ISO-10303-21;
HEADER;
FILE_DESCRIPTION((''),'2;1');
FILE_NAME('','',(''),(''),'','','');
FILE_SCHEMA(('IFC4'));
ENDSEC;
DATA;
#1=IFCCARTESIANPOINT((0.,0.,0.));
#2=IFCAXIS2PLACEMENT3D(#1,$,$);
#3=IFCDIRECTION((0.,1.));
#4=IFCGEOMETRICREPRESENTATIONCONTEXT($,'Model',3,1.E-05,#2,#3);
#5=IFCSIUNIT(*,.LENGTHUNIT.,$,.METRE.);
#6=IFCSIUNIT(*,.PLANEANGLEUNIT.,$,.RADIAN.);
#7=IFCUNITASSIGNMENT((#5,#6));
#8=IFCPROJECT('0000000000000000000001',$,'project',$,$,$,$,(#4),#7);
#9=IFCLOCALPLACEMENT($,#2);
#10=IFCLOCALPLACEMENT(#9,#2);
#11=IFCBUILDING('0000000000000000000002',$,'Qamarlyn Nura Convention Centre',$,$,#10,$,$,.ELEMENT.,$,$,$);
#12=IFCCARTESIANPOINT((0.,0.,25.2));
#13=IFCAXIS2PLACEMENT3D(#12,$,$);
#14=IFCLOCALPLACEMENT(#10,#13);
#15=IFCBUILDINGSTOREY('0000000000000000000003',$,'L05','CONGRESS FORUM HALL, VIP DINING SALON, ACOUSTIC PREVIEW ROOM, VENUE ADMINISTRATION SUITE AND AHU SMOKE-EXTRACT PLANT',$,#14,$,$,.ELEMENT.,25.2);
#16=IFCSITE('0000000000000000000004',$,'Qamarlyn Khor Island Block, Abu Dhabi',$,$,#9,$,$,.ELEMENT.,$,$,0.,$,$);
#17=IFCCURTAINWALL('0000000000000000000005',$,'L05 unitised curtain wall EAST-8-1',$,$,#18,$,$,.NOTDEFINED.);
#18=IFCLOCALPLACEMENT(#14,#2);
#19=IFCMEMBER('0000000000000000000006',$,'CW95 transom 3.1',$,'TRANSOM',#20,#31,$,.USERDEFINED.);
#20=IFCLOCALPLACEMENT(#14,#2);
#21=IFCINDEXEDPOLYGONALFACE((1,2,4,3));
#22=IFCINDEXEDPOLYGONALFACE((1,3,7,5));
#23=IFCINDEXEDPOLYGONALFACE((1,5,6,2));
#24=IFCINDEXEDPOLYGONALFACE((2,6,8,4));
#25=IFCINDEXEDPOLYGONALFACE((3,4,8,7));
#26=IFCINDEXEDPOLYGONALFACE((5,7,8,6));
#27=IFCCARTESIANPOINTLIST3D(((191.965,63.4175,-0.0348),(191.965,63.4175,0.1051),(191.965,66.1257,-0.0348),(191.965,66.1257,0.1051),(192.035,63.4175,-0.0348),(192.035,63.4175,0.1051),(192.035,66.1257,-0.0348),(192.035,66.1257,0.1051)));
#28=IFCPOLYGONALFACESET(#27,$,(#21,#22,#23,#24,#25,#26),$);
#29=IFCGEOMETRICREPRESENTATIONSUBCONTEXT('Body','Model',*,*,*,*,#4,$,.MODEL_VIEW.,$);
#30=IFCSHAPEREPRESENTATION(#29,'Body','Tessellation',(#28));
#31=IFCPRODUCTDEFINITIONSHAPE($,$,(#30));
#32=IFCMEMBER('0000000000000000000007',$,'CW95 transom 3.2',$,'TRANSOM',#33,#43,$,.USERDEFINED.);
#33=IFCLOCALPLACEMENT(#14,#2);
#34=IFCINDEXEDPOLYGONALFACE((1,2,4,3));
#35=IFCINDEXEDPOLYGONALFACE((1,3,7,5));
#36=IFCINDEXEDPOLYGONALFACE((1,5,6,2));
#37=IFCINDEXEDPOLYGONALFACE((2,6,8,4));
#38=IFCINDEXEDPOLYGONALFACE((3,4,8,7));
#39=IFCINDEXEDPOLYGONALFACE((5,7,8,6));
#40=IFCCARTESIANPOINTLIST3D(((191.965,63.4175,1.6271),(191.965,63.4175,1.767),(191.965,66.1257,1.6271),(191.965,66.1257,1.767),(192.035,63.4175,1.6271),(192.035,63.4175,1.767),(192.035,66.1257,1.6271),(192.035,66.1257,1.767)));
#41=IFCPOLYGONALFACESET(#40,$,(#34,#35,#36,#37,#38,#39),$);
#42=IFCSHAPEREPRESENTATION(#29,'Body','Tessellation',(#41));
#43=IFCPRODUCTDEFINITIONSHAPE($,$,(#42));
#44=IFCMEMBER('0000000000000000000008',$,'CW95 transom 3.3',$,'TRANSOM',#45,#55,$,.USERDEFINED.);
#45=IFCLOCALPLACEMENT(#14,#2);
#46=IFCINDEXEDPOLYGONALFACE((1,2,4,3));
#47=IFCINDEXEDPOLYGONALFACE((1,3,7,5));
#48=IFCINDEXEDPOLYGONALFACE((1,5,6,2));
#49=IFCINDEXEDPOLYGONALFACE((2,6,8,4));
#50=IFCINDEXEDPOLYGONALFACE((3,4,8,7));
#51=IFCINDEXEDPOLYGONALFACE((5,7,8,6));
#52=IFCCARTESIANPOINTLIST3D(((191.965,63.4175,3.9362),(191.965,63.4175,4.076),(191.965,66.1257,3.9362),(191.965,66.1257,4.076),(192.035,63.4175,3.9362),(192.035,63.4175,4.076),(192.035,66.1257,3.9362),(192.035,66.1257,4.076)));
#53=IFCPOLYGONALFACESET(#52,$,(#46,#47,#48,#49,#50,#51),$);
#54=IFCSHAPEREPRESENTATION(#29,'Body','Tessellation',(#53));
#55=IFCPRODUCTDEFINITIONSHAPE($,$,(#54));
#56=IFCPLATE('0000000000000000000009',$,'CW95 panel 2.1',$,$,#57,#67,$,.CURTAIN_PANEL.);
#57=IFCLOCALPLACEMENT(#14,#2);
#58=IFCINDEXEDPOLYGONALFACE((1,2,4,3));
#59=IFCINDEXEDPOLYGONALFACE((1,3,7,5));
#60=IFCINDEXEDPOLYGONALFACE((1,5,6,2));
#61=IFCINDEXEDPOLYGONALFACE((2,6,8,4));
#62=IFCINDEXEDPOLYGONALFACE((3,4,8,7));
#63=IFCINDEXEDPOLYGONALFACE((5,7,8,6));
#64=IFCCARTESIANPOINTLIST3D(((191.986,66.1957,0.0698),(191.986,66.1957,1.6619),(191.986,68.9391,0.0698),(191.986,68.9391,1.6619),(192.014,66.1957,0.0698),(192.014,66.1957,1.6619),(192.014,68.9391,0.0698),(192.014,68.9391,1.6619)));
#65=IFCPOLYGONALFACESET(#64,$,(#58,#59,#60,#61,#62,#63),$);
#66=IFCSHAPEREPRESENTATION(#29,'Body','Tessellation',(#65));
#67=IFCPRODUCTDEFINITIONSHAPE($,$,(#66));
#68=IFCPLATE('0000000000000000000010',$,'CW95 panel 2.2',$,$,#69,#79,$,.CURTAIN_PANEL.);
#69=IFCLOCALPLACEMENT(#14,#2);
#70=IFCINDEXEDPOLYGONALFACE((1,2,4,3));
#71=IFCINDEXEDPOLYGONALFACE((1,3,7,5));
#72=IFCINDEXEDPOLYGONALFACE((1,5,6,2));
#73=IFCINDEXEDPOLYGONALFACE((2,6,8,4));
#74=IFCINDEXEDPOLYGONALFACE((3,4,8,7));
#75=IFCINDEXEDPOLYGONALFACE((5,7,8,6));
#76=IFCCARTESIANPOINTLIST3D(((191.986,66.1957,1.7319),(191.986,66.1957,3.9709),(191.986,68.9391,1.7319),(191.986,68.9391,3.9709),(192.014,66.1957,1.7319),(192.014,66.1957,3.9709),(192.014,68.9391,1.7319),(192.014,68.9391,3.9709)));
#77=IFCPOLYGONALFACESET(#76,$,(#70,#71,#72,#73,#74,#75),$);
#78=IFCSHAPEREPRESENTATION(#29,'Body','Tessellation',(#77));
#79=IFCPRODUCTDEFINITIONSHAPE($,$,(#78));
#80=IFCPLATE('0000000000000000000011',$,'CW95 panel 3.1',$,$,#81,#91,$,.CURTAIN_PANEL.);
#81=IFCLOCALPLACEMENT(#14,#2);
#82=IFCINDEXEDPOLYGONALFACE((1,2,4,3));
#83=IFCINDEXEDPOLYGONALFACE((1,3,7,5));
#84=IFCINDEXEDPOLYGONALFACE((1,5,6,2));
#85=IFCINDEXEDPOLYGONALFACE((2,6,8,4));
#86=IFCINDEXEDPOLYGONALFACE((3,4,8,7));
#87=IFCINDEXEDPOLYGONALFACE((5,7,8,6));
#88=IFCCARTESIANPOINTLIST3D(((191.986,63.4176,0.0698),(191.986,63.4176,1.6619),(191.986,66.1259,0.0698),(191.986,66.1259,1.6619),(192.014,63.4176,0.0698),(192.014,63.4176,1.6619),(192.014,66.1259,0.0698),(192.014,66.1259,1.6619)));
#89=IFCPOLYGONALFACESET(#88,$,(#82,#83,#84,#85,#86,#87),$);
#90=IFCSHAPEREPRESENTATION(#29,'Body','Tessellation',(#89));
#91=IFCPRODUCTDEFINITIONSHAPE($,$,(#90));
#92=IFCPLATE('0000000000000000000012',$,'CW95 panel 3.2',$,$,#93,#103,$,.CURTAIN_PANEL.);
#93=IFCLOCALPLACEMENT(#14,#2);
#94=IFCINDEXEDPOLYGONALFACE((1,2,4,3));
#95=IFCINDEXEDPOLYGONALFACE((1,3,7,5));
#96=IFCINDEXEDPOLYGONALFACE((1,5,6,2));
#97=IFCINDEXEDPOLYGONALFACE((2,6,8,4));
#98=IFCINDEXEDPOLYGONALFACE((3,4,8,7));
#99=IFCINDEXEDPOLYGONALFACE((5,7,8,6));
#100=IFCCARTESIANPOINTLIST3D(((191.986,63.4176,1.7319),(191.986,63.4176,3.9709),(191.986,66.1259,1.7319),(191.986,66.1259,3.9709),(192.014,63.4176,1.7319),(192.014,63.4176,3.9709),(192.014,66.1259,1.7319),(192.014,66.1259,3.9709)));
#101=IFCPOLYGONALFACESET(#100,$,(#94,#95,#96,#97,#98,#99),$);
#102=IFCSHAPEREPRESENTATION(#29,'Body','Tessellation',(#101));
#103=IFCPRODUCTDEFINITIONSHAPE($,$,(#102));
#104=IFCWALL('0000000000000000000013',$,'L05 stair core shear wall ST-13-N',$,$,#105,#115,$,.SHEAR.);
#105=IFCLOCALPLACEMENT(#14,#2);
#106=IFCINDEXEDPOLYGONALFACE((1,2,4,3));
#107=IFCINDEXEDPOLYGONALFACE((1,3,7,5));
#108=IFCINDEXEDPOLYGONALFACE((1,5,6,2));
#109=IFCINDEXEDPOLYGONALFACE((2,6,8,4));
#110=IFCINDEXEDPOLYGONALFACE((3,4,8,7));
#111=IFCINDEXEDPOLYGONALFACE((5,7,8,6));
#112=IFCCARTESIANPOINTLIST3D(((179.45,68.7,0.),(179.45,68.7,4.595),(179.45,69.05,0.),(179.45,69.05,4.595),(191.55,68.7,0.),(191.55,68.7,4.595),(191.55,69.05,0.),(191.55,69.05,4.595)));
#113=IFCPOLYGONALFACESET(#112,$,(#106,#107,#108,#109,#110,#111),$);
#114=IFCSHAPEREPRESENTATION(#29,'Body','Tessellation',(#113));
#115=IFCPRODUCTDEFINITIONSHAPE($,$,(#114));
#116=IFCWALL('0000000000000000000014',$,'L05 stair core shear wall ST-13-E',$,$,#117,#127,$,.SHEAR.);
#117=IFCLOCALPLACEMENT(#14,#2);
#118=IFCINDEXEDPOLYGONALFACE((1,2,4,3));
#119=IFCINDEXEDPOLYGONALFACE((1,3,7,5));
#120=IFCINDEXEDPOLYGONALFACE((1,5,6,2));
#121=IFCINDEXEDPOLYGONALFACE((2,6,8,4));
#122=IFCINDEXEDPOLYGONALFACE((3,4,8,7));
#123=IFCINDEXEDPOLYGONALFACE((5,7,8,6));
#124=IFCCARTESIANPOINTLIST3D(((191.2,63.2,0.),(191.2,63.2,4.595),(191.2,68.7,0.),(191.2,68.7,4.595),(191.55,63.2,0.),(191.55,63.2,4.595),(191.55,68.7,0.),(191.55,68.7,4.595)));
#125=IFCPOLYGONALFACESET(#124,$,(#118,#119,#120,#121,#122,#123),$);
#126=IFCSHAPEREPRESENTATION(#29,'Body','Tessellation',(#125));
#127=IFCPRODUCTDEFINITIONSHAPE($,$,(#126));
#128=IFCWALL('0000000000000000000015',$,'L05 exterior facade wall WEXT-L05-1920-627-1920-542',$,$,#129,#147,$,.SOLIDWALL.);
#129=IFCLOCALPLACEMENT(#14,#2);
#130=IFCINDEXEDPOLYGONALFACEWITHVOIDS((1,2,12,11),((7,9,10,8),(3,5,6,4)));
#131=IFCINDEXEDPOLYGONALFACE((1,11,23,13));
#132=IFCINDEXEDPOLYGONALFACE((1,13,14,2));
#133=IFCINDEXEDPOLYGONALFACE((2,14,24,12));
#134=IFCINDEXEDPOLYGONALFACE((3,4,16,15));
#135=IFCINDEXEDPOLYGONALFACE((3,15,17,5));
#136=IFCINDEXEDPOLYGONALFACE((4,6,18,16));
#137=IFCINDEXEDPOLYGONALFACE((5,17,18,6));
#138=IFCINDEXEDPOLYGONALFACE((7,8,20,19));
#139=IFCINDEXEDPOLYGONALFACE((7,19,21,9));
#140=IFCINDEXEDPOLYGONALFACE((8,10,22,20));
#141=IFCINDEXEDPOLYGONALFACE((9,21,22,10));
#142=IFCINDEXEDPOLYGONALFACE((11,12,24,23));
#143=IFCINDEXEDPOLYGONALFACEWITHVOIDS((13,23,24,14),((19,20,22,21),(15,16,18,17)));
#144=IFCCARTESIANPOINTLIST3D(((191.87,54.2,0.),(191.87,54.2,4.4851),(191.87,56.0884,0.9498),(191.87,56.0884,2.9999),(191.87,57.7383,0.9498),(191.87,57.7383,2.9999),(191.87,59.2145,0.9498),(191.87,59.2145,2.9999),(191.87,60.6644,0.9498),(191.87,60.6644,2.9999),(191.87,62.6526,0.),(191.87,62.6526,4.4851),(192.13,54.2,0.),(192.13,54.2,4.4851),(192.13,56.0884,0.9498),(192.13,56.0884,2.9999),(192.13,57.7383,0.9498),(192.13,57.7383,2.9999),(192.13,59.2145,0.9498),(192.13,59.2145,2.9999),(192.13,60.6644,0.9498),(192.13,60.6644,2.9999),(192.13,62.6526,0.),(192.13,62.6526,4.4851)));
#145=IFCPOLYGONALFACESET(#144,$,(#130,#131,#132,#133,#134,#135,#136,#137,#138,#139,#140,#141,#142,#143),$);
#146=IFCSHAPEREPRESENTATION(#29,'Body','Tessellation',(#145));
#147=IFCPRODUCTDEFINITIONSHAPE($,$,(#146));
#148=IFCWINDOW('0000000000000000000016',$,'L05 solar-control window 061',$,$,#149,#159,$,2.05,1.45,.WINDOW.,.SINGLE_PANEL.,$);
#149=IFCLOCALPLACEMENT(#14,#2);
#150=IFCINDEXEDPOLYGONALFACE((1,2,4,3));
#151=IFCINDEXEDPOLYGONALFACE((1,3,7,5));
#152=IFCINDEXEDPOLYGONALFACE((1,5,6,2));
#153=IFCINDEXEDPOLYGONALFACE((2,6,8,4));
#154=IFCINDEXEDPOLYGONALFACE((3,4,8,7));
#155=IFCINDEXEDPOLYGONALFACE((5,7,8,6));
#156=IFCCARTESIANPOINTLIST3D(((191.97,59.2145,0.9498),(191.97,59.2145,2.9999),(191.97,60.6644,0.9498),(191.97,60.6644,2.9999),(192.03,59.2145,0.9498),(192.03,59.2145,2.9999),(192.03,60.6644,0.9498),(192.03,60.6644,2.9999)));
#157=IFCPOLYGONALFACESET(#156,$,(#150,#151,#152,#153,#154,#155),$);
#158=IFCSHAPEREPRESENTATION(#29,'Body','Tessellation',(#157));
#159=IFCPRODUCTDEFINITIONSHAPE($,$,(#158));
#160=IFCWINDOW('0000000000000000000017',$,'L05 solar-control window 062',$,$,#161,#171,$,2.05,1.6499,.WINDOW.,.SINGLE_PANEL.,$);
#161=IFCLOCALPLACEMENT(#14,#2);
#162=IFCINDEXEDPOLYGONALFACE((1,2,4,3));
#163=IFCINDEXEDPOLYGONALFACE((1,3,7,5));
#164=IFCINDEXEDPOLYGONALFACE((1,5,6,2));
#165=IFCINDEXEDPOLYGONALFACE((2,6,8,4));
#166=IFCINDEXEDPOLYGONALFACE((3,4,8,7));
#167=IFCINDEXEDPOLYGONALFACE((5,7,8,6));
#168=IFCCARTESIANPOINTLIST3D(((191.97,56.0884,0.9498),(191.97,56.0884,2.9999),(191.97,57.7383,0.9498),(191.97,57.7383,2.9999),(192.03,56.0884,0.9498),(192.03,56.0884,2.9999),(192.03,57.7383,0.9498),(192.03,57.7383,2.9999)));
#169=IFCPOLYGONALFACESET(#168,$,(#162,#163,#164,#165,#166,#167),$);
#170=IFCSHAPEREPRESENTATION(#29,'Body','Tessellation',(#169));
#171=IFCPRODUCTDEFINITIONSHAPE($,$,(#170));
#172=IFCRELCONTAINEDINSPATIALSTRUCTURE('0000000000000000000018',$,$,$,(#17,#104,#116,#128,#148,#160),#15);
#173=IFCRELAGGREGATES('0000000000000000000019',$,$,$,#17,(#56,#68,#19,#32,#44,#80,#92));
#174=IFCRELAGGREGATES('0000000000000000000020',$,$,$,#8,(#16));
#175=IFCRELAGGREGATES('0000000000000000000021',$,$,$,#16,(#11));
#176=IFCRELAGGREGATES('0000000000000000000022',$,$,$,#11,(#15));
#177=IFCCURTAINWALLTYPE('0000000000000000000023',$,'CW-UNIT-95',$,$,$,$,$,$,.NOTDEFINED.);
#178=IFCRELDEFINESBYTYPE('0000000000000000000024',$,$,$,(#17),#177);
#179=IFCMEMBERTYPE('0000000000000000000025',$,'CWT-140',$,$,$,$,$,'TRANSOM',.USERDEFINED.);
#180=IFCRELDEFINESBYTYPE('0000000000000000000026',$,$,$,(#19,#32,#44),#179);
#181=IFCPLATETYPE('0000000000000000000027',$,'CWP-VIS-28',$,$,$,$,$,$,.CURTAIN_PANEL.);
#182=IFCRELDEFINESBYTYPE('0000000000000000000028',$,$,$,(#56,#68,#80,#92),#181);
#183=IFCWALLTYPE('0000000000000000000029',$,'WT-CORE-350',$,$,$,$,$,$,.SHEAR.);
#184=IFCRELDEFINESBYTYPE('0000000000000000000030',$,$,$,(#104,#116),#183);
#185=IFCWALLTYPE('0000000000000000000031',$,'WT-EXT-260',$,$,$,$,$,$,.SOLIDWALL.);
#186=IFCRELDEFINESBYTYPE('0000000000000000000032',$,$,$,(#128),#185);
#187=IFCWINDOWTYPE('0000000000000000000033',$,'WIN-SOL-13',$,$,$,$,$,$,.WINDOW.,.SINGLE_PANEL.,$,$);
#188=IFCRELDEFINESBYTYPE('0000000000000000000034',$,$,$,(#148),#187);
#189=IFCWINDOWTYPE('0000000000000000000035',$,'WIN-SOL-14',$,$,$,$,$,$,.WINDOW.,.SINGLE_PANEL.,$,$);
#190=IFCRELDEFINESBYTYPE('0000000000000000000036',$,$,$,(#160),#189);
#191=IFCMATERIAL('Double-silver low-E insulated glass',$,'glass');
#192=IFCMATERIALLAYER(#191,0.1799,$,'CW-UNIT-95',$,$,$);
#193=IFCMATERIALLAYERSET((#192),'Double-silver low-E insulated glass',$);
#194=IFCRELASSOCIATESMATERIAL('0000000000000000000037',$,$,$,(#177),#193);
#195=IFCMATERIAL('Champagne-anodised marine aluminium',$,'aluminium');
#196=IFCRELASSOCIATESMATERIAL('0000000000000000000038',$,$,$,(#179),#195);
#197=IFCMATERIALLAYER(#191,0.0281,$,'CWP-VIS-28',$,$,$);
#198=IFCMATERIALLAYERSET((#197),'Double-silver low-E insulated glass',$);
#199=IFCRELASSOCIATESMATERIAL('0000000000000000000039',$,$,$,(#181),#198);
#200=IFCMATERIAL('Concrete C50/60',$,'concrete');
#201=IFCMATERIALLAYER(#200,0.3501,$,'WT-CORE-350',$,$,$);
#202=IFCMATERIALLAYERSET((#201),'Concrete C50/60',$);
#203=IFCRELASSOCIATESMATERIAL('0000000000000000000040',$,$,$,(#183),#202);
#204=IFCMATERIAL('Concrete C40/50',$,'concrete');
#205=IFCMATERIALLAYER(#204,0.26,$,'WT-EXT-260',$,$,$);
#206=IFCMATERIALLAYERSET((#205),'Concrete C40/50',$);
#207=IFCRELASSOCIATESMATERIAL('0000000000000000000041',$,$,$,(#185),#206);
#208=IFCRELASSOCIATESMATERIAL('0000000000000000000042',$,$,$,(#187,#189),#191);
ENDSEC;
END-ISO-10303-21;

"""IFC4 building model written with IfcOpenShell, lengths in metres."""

from ifc_helpers import new_model, si_unit, direction, frame, frame_2d, origin, origin_2d, place, context, subcontext, project, spatial, rectangle, extrude, material, layer, layer_set, material_profile, profile_set, type_object, element, fill, aggregate, save


model = new_model("IFC4")

# Units and contexts
model_context = context("Model", 3, precision=1e-05, world=origin(), true_north=direction((0.0, 1.0)))
body_context = subcontext(model_context, "Body", "Model", "MODEL_VIEW")
ifc_project = project(units=[si_unit("LENGTHUNIT", "METRE"), si_unit("PLANEANGLEUNIT", "RADIAN")], contexts=[model_context])

# Site, building, storey
site_placement = place(None, origin())
site = spatial("IfcSite", under=ifc_project, at=site_placement, Name="Qamarlyn Khor Island Block, Abu Dhabi", CompositionType="ELEMENT", RefElevation=0.0)
building_placement = place(site_placement, origin())
building = spatial("IfcBuilding", under=site, at=building_placement, Name="Qamarlyn Nura Convention Centre", CompositionType="ELEMENT")
storey_placement = place(building_placement, frame((0.0, 0.0, 25.2)))
storey = spatial("IfcBuildingStorey", under=building, at=storey_placement, Name="L05", Description="CONGRESS FORUM HALL, VIP DINING SALON, ACOUSTIC PREVIEW ROOM, VENUE ADMINISTRATION SUITE AND AHU SMOKE-EXTRACT PLANT", CompositionType="ELEMENT", Elevation=25.2)

# Curtain wall, members, plates
ifc_material_1 = material(Name="Double-silver low-E insulated glass", Category="glass")
ifc_layer_1 = layer(ifc_material_1, 0.1799, Name="CW-UNIT-95")
ifc_layer_set_1 = layer_set([ifc_layer_1], Name="Double-silver low-E insulated glass")
curtain_wall_type = type_object("IfcCurtainWallType", Name="CW-UNIT-95", PredefinedType="NOTDEFINED", material=ifc_layer_set_1)
curtain_wall_placement = place(storey_placement, origin())
curtain_wall = element("IfcCurtainWall", 1, at=curtain_wall_placement, inside=storey, type_object=curtain_wall_type, Name="L05 unitised curtain wall EAST-8-1", PredefinedType="NOTDEFINED")
ifc_material_2 = material(Name="Champagne-anodised marine aluminium", Category="aluminium")
ifc_material_profile_1 = material_profile(ifc_material_2, rectangle(XDim=0.0701, YDim=0.1399, at=origin_2d()), Name="ALU TRANSOM 70x140")
ifc_profile_set_1 = profile_set([ifc_material_profile_1], Name="Champagne-anodised marine aluminium")
member_type_1 = type_object("IfcMemberType", Name="CWT-140", ElementType="TRANSOM", PredefinedType="USERDEFINED", material=ifc_profile_set_1)
member_1_placement = place(storey_placement, frame((192.0, 66.1257, 0.0352), z_axis=(0.0, -1.0, 0.0), x_axis=(1.0, 0.0, 0.0)))
member_1 = element("IfcMember", 2, at=member_1_placement, type_object=member_type_1, Name="CW95 transom 3.1", ObjectType="TRANSOM", PredefinedType="USERDEFINED", context=body_context, shape_type="SweptSolid", body=[
    extrude(rectangle(XDim=0.0701, YDim=0.1399, at=origin_2d()), origin(), (0.0, 0.0, 1.0), 2.7083),
])
member_2_placement = place(storey_placement, frame((192.0, 66.1257, 1.697), z_axis=(0.0, -1.0, 0.0), x_axis=(1.0, 0.0, 0.0)))
member_2 = element("IfcMember", 3, at=member_2_placement, type_object=member_type_1, Name="CW95 transom 3.2", ObjectType="TRANSOM", PredefinedType="USERDEFINED", context=body_context, shape_type="SweptSolid", body=[
    extrude(rectangle(XDim=0.0701, YDim=0.1399, at=origin_2d()), origin(), (0.0, 0.0, 1.0), 2.7083),
])
member_3_placement = place(storey_placement, frame((192.0, 66.1257, 4.0061), z_axis=(0.0, -1.0, 0.0), x_axis=(1.0, 0.0, 0.0)))
member_3 = element("IfcMember", 4, at=member_3_placement, type_object=member_type_1, Name="CW95 transom 3.3", ObjectType="TRANSOM", PredefinedType="USERDEFINED", context=body_context, shape_type="SweptSolid", body=[
    extrude(rectangle(XDim=0.0701, YDim=0.1399, at=origin_2d()), origin(), (0.0, 0.0, 1.0), 2.7083),
])
ifc_layer_2 = layer(ifc_material_1, 0.0281, Name="CWP-VIS-28")
ifc_layer_set_2 = layer_set([ifc_layer_2], Name="Double-silver low-E insulated glass")
plate_type = type_object("IfcPlateType", Name="CWP-VIS-28", PredefinedType="CURTAIN_PANEL", material=ifc_layer_set_2)
plate_1_placement = place(storey_placement, frame((192.0, 67.5674, 0.0698), z_axis=(0.0, 0.0, 1.0), x_axis=(0.0, -1.0, 0.0)))
plate_1 = element("IfcPlate", 5, at=plate_1_placement, type_object=plate_type, Name="CW95 panel 2.1", PredefinedType="CURTAIN_PANEL", context=body_context, shape_type="SweptSolid", body=[
    extrude(rectangle(XDim=2.7434, YDim=0.0281, at=origin_2d()), origin(), (0.0, 0.0, 1.0), 1.592),
])
plate_2_placement = place(storey_placement, frame((192.0, 67.5674, 1.7319), z_axis=(0.0, 0.0, 1.0), x_axis=(0.0, -1.0, 0.0)))
plate_2 = element("IfcPlate", 6, at=plate_2_placement, type_object=plate_type, Name="CW95 panel 2.2", PredefinedType="CURTAIN_PANEL", context=body_context, shape_type="SweptSolid", body=[
    extrude(rectangle(XDim=2.7434, YDim=0.0281, at=origin_2d()), origin(), (0.0, 0.0, 1.0), 2.239),
])
plate_3_placement = place(storey_placement, frame((192.0, 64.7717, 0.0698), z_axis=(0.0, 0.0, 1.0), x_axis=(0.0, -1.0, 0.0)))
plate_3 = element("IfcPlate", 7, at=plate_3_placement, type_object=plate_type, Name="CW95 panel 3.1", PredefinedType="CURTAIN_PANEL", context=body_context, shape_type="SweptSolid", body=[
    extrude(rectangle(XDim=2.7083, YDim=0.0281, at=origin_2d()), origin(), (0.0, 0.0, 1.0), 1.592),
])
plate_4_placement = place(storey_placement, frame((192.0, 64.7717, 1.7319), z_axis=(0.0, 0.0, 1.0), x_axis=(0.0, -1.0, 0.0)))
plate_4 = element("IfcPlate", 8, at=plate_4_placement, type_object=plate_type, Name="CW95 panel 3.2", PredefinedType="CURTAIN_PANEL", context=body_context, shape_type="SweptSolid", body=[
    extrude(rectangle(XDim=2.7083, YDim=0.0281, at=origin_2d()), origin(), (0.0, 0.0, 1.0), 2.239),
])
aggregate(curtain_wall, [plate_1, plate_2, member_1, member_2, member_3, plate_3, plate_4])

# Walls
ifc_material_3 = material(Name="Concrete C50/60", Category="concrete")
ifc_layer_3 = layer(ifc_material_3, 0.3501, Name="WT-CORE-350")
ifc_layer_set_3 = layer_set([ifc_layer_3], Name="Concrete C50/60")
wall_type_1 = type_object("IfcWallType", Name="WT-CORE-350", PredefinedType="SHEAR", material=ifc_layer_set_3)
wall_1_placement = place(storey_placement, frame((191.55, 68.875, 0.0), z_axis=(0.0, 0.0, 1.0), x_axis=(-1.0, 0.0, 0.0)))
element("IfcWall", 9, at=wall_1_placement, inside=storey, type_object=wall_type_1, Name="L05 stair core shear wall ST-13-N", PredefinedType="SHEAR", context=body_context, shape_type="SweptSolid", body=[
    extrude(rectangle(XDim=12.1001, YDim=0.3501, at=frame_2d((6.05, 0.0))), origin(), (0.0, 0.0, 1.0), 4.595),
])
wall_2_placement = place(storey_placement, frame((191.375, 63.2, 0.0), z_axis=(0.0, 0.0, 1.0), x_axis=(0.0, 1.0, 0.0)))
element("IfcWall", 10, at=wall_2_placement, inside=storey, type_object=wall_type_1, Name="L05 stair core shear wall ST-13-E", PredefinedType="SHEAR", context=body_context, shape_type="SweptSolid", body=[
    extrude(rectangle(XDim=5.5, YDim=0.3501, at=frame_2d((2.75, 0.0))), origin(), (0.0, 0.0, 1.0), 4.595),
])

# Wall, openings, windows
ifc_material_4 = material(Name="Concrete C40/50", Category="concrete")
ifc_layer_4 = layer(ifc_material_4, 0.26, Name="WT-EXT-260")
ifc_layer_set_4 = layer_set([ifc_layer_4], Name="Concrete C40/50")
wall_type_2 = type_object("IfcWallType", Name="WT-EXT-260", PredefinedType="SOLIDWALL", material=ifc_layer_set_4)
wall_3_placement = place(storey_placement, frame((192.0, 62.6526, 0.0), z_axis=(0.0, 0.0, 1.0), x_axis=(0.0, -1.0, 0.0)))
wall_3 = element("IfcWall", 11, at=wall_3_placement, inside=storey, type_object=wall_type_2, Name="L05 exterior facade wall WEXT-L05-1920-627-1920-542", PredefinedType="SOLIDWALL", context=body_context, shape_type="SweptSolid", body=[
    extrude(rectangle(XDim=8.4526, YDim=0.26, at=frame_2d((4.2263, 0.0))), origin(), (0.0, 0.0, 1.0), 4.4851),
])
opening_1_placement = place(wall_3_placement, frame((1.988, 0.0, 0.95)))
opening_1 = element("IfcOpeningElement", 12, at=opening_1_placement, cuts=wall_3, PredefinedType="OPENING", context=body_context, shape_type="SweptSolid", body=[
    extrude(rectangle(XDim=1.45, YDim=2.05, at=frame_2d((0.7251, 1.0249))), frame((0.0, 0.1401, 0.0), z_axis=(0.0, -1.0, 0.0), x_axis=(1.0, 0.0, 0.0)), (0.0, 0.0, 1.0), 0.28),
])
opening_2_placement = place(wall_3_placement, frame((4.9143, 0.0, 0.95)))
opening_2 = element("IfcOpeningElement", 13, at=opening_2_placement, cuts=wall_3, PredefinedType="OPENING", context=body_context, shape_type="SweptSolid", body=[
    extrude(rectangle(XDim=1.6499, YDim=2.05, at=frame_2d((0.825, 1.0249))), frame((0.0, 0.1401, 0.0), z_axis=(0.0, -1.0, 0.0), x_axis=(1.0, 0.0, 0.0)), (0.0, 0.0, 1.0), 0.28),
])
window_type_1 = type_object("IfcWindowType", Name="WIN-SOL-13", PartitioningType="SINGLE_PANEL", PredefinedType="WINDOW", material=ifc_material_1)
window_1_placement = place(opening_1_placement, origin())
window_1 = element("IfcWindow", 14, at=window_1_placement, inside=storey, type_object=window_type_1, Name="L05 solar-control window 061", OverallHeight=2.05, OverallWidth=1.45, PartitioningType="SINGLE_PANEL", PredefinedType="WINDOW", context=body_context, shape_type="SweptSolid", body=[
    extrude(rectangle(XDim=1.45, YDim=2.05, at=frame_2d((0.7251, 1.0249))), frame((0.0, 0.03, 0.0), z_axis=(0.0, -1.0, 0.0), x_axis=(1.0, 0.0, 0.0)), (0.0, 0.0, 1.0), 0.0601),
])
fill(opening_1, window_1)
window_type_2 = type_object("IfcWindowType", Name="WIN-SOL-14", PartitioningType="SINGLE_PANEL", PredefinedType="WINDOW", material=ifc_material_1)
window_2_placement = place(opening_2_placement, origin())
window_2 = element("IfcWindow", 15, at=window_2_placement, inside=storey, type_object=window_type_2, Name="L05 solar-control window 062", OverallHeight=2.05, OverallWidth=1.6499, PartitioningType="SINGLE_PANEL", PredefinedType="WINDOW", context=body_context, shape_type="SweptSolid", body=[
    extrude(rectangle(XDim=1.6499, YDim=2.05, at=frame_2d((0.825, 1.0249))), frame((0.0, 0.03, 0.0), z_axis=(0.0, -1.0, 0.0), x_axis=(1.0, 0.0, 0.0)), (0.0, 0.0, 1.0), 0.0601),
])
fill(opening_2, window_2)

save(model, "model.ifc")
